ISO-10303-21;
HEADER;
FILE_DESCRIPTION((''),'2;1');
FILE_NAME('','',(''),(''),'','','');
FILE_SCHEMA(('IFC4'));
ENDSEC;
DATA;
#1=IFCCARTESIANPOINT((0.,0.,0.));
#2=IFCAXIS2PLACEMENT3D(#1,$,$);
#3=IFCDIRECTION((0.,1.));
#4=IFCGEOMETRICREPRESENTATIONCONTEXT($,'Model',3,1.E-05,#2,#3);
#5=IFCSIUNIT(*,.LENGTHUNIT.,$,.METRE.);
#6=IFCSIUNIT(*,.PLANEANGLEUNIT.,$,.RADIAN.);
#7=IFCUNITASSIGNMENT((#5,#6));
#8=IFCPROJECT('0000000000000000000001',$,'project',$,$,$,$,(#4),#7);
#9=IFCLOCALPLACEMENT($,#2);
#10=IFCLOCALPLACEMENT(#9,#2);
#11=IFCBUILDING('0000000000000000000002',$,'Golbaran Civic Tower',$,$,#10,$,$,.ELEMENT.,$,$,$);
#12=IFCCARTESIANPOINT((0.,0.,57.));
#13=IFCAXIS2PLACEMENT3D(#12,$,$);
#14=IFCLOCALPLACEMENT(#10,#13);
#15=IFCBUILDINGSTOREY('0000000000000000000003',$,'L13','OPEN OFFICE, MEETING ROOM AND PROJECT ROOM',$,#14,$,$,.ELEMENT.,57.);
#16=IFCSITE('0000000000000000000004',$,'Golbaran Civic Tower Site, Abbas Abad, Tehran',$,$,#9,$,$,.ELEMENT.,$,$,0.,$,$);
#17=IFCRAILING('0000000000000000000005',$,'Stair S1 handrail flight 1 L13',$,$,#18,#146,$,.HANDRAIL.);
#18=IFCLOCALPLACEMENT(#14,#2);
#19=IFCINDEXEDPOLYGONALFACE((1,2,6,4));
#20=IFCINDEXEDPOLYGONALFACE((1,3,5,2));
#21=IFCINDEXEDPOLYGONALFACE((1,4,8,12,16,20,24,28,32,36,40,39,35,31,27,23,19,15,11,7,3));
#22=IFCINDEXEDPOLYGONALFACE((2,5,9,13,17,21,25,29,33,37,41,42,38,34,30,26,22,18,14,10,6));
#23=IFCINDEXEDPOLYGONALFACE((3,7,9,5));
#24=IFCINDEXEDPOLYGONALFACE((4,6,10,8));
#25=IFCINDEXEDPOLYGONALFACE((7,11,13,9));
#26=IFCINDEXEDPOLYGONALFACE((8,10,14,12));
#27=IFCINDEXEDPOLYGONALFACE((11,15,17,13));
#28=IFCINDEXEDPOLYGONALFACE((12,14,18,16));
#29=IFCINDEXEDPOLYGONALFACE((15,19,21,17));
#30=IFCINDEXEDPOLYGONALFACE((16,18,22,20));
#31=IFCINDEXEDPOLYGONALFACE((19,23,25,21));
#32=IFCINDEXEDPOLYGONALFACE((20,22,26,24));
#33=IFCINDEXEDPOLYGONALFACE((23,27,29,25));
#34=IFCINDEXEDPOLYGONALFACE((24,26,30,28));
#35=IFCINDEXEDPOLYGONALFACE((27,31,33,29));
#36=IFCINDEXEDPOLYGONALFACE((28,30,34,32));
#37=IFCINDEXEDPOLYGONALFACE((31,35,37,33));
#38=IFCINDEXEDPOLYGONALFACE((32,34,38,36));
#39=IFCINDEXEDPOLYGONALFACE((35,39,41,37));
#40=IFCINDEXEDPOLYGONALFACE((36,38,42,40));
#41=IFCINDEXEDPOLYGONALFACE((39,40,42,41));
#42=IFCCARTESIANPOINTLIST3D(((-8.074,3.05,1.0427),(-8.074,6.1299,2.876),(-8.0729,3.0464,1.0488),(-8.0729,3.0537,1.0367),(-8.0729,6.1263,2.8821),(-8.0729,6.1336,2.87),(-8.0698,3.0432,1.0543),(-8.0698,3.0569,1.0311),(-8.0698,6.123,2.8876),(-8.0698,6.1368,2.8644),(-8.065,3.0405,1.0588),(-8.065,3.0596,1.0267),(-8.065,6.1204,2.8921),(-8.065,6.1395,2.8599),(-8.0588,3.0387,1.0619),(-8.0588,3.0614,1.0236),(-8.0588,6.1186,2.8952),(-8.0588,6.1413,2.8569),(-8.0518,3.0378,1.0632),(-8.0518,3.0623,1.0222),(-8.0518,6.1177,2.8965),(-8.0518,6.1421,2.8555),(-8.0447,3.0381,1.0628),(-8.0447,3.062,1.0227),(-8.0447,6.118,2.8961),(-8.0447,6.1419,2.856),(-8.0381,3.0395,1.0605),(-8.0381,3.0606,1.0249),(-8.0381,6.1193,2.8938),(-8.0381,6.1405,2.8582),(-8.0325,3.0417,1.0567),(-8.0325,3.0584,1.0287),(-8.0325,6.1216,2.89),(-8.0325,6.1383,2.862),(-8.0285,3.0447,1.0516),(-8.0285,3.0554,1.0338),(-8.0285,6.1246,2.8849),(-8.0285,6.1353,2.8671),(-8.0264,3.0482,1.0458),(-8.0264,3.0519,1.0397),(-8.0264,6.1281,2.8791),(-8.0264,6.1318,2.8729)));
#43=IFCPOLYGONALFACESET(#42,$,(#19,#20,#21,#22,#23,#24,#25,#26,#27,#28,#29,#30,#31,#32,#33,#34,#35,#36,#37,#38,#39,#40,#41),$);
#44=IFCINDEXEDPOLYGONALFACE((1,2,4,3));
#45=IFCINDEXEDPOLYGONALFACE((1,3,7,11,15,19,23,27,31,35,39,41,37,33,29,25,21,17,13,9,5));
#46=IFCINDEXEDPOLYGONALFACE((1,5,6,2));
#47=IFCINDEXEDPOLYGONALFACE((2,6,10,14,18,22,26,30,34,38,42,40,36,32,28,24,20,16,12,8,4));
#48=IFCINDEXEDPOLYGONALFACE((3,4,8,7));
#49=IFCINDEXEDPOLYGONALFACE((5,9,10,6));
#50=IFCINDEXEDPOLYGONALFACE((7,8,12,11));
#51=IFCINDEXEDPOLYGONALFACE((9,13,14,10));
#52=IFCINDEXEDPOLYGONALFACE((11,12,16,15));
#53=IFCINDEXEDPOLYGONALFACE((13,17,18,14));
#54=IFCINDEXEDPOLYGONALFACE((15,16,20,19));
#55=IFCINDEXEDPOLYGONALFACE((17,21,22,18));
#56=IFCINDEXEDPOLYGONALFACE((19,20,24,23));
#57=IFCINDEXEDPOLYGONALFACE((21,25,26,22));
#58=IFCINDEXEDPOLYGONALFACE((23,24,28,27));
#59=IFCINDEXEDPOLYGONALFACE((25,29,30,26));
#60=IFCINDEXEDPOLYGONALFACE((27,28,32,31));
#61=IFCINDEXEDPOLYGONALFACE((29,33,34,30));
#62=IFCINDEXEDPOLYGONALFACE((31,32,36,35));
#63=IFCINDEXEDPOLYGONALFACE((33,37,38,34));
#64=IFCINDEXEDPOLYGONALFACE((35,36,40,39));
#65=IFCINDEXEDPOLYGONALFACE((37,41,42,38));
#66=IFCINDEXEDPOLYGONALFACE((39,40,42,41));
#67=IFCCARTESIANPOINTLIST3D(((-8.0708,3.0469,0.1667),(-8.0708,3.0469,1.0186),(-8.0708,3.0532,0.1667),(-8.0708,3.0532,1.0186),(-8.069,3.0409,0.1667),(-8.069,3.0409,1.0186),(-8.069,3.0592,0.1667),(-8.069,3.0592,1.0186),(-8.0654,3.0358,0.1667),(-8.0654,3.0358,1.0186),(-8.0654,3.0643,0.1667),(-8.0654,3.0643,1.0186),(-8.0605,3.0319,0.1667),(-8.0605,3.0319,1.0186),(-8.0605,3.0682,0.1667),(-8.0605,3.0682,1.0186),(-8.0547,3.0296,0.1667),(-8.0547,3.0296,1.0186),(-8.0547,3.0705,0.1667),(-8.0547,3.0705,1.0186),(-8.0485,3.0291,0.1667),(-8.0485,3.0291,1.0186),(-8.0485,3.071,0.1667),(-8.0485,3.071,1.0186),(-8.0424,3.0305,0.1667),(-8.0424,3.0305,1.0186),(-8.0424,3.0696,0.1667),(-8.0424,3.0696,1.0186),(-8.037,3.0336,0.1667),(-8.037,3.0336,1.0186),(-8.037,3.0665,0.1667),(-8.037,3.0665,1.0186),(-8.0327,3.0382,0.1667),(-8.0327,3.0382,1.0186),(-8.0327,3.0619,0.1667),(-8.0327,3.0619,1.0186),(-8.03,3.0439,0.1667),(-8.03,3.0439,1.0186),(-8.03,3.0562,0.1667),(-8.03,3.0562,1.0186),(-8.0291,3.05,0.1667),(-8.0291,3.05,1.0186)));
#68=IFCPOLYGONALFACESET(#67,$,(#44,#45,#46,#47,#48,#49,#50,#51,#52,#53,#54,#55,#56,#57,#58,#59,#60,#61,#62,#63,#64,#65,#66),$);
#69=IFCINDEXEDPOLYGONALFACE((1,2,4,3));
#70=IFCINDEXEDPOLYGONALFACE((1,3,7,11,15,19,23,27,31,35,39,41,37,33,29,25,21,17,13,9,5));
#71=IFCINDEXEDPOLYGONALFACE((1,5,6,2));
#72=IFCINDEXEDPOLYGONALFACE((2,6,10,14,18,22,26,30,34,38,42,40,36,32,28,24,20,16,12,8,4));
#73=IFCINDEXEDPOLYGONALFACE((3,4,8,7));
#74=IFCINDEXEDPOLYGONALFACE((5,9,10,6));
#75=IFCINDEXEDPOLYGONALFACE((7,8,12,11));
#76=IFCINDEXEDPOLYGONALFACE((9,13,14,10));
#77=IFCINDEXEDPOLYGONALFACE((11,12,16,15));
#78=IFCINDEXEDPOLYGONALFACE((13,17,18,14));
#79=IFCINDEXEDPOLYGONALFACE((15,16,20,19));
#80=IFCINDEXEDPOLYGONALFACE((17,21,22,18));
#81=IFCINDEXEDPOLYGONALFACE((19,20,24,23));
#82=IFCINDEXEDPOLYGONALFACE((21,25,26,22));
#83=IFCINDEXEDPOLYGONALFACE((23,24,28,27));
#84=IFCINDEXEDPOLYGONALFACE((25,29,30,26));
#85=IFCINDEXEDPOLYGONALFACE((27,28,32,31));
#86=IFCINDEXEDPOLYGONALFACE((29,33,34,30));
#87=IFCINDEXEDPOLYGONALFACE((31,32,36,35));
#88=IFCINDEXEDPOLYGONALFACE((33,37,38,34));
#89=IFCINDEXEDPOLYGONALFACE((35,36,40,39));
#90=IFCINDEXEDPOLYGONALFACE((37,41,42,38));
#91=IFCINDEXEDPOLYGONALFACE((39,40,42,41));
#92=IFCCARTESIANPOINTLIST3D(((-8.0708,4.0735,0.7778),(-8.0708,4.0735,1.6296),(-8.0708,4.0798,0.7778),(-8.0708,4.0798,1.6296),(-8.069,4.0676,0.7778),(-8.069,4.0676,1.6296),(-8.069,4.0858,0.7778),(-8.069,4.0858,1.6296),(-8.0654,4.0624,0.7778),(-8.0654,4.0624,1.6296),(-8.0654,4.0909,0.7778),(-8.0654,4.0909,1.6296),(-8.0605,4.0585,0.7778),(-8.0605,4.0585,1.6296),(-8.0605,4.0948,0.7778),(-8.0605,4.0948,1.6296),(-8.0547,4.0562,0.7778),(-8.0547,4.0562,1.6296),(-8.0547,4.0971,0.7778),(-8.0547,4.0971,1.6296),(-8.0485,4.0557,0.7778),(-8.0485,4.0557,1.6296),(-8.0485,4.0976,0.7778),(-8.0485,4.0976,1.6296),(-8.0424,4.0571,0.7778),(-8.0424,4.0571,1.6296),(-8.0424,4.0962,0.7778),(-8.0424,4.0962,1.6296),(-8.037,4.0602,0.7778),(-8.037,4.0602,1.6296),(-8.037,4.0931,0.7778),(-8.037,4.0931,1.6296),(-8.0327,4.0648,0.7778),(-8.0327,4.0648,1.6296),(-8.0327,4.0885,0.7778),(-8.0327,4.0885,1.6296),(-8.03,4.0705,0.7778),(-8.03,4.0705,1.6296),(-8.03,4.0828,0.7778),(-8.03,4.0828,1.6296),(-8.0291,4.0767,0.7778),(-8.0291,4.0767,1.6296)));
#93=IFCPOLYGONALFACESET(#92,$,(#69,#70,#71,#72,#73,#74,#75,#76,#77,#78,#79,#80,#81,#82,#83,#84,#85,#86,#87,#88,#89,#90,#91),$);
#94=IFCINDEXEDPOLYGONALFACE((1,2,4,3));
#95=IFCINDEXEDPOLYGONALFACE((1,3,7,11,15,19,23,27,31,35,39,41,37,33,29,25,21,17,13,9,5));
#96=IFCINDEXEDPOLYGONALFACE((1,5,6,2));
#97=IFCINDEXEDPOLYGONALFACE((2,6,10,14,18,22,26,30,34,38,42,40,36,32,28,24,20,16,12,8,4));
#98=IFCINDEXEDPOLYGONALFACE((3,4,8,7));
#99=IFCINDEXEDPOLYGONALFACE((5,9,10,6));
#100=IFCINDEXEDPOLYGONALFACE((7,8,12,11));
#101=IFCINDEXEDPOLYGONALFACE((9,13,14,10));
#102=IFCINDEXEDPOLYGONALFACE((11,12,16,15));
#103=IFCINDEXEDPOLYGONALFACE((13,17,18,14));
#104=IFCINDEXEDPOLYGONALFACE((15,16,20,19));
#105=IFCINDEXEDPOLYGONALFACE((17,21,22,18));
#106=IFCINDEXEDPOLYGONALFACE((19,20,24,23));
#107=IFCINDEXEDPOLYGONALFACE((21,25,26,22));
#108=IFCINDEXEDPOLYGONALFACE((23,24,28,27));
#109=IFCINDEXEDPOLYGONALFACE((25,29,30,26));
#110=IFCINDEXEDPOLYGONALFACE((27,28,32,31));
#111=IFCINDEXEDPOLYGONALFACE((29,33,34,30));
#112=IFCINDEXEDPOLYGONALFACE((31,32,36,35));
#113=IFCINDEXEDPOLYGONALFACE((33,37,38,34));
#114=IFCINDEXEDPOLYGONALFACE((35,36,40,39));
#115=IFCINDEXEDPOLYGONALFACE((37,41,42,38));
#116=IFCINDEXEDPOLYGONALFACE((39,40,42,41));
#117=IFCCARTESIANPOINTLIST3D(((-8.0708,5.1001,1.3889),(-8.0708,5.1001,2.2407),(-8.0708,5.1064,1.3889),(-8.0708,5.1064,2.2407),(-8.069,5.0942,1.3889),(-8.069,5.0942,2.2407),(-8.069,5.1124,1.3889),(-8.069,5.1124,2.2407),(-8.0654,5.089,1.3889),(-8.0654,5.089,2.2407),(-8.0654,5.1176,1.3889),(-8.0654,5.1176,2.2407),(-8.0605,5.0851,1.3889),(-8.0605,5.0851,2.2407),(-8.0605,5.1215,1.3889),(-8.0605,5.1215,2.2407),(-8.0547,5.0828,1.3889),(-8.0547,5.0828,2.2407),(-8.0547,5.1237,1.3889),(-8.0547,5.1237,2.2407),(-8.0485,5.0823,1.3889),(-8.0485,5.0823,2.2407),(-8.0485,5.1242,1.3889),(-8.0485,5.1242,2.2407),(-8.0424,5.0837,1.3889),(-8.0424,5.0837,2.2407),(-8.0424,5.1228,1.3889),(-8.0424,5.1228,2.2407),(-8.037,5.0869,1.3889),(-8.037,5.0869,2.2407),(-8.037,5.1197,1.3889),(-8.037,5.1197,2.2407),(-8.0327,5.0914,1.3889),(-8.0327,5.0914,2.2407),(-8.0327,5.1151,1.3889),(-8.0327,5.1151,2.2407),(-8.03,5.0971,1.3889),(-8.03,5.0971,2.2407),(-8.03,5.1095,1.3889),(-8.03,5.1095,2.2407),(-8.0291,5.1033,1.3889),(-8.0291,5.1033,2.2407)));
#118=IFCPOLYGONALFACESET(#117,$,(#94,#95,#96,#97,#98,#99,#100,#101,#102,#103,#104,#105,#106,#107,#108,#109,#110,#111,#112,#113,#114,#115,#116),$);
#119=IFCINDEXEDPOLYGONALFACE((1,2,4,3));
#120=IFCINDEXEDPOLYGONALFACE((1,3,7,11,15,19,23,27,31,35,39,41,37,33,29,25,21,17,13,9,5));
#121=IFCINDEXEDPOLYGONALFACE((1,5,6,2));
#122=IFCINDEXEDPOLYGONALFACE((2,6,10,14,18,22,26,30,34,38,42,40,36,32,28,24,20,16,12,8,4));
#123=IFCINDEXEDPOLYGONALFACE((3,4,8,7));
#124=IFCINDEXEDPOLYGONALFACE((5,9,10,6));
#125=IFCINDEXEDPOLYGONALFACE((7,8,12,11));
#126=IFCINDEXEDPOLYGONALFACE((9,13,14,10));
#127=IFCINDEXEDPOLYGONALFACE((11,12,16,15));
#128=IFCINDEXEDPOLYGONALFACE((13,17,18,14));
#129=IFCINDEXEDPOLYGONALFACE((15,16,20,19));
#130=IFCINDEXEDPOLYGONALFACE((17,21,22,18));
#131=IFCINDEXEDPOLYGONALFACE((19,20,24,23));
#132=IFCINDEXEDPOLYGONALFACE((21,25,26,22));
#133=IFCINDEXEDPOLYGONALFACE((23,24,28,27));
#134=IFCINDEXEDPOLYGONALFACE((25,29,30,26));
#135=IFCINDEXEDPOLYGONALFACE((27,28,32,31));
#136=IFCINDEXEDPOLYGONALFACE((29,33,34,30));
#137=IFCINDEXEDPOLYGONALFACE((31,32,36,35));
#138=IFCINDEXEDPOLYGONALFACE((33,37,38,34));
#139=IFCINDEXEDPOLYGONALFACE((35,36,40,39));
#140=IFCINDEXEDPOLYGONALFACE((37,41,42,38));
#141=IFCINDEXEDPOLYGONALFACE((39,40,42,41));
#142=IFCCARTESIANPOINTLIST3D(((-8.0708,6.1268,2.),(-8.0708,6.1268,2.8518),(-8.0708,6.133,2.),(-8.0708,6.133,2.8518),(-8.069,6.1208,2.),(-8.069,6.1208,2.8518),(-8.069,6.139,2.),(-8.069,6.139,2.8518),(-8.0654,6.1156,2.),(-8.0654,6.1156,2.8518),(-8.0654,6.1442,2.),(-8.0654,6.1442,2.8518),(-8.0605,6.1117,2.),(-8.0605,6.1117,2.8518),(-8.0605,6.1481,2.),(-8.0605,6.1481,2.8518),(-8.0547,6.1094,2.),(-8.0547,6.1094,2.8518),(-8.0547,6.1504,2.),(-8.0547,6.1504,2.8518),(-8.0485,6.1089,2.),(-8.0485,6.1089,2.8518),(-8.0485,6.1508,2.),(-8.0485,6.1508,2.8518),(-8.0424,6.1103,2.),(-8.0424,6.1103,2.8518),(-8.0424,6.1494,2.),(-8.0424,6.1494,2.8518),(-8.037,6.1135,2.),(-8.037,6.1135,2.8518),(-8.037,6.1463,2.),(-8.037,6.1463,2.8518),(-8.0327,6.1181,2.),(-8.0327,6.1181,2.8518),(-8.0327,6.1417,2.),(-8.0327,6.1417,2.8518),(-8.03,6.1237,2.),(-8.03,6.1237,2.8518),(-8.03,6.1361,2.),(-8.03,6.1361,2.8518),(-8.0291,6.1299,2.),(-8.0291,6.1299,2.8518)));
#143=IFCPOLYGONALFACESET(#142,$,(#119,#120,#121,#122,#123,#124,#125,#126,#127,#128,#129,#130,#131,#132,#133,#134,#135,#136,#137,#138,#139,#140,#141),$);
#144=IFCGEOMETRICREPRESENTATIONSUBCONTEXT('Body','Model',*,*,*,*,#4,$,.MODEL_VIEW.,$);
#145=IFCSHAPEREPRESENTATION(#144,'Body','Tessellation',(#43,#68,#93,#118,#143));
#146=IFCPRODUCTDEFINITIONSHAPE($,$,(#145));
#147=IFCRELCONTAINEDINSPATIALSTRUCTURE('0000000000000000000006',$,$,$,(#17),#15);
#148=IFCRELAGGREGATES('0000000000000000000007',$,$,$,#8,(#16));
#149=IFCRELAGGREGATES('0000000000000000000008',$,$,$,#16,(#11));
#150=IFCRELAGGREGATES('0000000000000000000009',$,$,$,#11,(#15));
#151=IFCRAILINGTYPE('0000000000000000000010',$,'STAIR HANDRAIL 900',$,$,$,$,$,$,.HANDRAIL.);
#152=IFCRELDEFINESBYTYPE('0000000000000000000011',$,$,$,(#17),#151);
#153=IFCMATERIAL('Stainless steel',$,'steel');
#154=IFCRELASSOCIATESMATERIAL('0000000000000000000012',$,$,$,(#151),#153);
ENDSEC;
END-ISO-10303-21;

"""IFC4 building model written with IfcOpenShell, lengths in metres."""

from ifc_helpers import new_model, si_unit, direction, frame, origin, origin_2d, place, context, subcontext, project, spatial, circle, extrude, material, type_object, element, save


model = new_model("IFC4")

# Units and contexts
model_context = context("Model", 3, precision=1e-05, world=origin(), true_north=direction((0.0, 1.0)))
body_context = subcontext(model_context, "Body", "Model", "MODEL_VIEW")
ifc_project = project(units=[si_unit("LENGTHUNIT", "METRE"), si_unit("PLANEANGLEUNIT", "RADIAN")], contexts=[model_context])

# Site, building, storey
site_placement = place(None, origin())
site = spatial("IfcSite", under=ifc_project, at=site_placement, Name="Golbaran Civic Tower Site, Abbas Abad, Tehran", CompositionType="ELEMENT", RefElevation=0.0)
building_placement = place(site_placement, origin())
building = spatial("IfcBuilding", under=site, at=building_placement, Name="Golbaran Civic Tower", CompositionType="ELEMENT")
storey_placement = place(building_placement, frame((0.0, 0.0, 57.0)))
storey = spatial("IfcBuildingStorey", under=building, at=storey_placement, Name="L13", Description="OPEN OFFICE, MEETING ROOM AND PROJECT ROOM", CompositionType="ELEMENT", Elevation=57.0)

# Shared definitions
ifc_material_1 = material(Name="Stainless steel", Category="steel")

# Railing
railing_type = type_object("IfcRailingType", Name="STAIR HANDRAIL 900", PredefinedType="HANDRAIL", material=ifc_material_1)
railing_1_placement = place(storey_placement, frame((-8.05, 3.05, 0.1667)))
element("IfcRailing", 1, at=railing_1_placement, inside=storey, type_object=railing_type, Name="Stair S1 handrail flight 1 L13", PredefinedType="HANDRAIL", context=body_context, shape_type="SweptSolid", body=[
    extrude(circle(Radius=0.0239, at=origin_2d()), frame((0.0, 0.0, 0.876), z_axis=(0.0, 0.859291, 0.511487), x_axis=(-1.0, 0.0, 0.0)), (0.0, 0.0, 1.0), 3.5842),
    extrude(circle(Radius=0.021, at=origin_2d()), origin(), (0.0, 0.0, 1.0), 0.8518),
    extrude(circle(Radius=0.021, at=origin_2d()), frame((0.0, 1.0266, 0.6111)), (0.0, 0.0, 1.0), 0.8518),
    extrude(circle(Radius=0.021, at=origin_2d()), frame((0.0, 2.0532, 1.2222)), (0.0, 0.0, 1.0), 0.8518),
    extrude(circle(Radius=0.021, at=origin_2d()), frame((0.0, 3.0798, 1.8333)), (0.0, 0.0, 1.0), 0.8518),
])

save(model, "model.ifc")
